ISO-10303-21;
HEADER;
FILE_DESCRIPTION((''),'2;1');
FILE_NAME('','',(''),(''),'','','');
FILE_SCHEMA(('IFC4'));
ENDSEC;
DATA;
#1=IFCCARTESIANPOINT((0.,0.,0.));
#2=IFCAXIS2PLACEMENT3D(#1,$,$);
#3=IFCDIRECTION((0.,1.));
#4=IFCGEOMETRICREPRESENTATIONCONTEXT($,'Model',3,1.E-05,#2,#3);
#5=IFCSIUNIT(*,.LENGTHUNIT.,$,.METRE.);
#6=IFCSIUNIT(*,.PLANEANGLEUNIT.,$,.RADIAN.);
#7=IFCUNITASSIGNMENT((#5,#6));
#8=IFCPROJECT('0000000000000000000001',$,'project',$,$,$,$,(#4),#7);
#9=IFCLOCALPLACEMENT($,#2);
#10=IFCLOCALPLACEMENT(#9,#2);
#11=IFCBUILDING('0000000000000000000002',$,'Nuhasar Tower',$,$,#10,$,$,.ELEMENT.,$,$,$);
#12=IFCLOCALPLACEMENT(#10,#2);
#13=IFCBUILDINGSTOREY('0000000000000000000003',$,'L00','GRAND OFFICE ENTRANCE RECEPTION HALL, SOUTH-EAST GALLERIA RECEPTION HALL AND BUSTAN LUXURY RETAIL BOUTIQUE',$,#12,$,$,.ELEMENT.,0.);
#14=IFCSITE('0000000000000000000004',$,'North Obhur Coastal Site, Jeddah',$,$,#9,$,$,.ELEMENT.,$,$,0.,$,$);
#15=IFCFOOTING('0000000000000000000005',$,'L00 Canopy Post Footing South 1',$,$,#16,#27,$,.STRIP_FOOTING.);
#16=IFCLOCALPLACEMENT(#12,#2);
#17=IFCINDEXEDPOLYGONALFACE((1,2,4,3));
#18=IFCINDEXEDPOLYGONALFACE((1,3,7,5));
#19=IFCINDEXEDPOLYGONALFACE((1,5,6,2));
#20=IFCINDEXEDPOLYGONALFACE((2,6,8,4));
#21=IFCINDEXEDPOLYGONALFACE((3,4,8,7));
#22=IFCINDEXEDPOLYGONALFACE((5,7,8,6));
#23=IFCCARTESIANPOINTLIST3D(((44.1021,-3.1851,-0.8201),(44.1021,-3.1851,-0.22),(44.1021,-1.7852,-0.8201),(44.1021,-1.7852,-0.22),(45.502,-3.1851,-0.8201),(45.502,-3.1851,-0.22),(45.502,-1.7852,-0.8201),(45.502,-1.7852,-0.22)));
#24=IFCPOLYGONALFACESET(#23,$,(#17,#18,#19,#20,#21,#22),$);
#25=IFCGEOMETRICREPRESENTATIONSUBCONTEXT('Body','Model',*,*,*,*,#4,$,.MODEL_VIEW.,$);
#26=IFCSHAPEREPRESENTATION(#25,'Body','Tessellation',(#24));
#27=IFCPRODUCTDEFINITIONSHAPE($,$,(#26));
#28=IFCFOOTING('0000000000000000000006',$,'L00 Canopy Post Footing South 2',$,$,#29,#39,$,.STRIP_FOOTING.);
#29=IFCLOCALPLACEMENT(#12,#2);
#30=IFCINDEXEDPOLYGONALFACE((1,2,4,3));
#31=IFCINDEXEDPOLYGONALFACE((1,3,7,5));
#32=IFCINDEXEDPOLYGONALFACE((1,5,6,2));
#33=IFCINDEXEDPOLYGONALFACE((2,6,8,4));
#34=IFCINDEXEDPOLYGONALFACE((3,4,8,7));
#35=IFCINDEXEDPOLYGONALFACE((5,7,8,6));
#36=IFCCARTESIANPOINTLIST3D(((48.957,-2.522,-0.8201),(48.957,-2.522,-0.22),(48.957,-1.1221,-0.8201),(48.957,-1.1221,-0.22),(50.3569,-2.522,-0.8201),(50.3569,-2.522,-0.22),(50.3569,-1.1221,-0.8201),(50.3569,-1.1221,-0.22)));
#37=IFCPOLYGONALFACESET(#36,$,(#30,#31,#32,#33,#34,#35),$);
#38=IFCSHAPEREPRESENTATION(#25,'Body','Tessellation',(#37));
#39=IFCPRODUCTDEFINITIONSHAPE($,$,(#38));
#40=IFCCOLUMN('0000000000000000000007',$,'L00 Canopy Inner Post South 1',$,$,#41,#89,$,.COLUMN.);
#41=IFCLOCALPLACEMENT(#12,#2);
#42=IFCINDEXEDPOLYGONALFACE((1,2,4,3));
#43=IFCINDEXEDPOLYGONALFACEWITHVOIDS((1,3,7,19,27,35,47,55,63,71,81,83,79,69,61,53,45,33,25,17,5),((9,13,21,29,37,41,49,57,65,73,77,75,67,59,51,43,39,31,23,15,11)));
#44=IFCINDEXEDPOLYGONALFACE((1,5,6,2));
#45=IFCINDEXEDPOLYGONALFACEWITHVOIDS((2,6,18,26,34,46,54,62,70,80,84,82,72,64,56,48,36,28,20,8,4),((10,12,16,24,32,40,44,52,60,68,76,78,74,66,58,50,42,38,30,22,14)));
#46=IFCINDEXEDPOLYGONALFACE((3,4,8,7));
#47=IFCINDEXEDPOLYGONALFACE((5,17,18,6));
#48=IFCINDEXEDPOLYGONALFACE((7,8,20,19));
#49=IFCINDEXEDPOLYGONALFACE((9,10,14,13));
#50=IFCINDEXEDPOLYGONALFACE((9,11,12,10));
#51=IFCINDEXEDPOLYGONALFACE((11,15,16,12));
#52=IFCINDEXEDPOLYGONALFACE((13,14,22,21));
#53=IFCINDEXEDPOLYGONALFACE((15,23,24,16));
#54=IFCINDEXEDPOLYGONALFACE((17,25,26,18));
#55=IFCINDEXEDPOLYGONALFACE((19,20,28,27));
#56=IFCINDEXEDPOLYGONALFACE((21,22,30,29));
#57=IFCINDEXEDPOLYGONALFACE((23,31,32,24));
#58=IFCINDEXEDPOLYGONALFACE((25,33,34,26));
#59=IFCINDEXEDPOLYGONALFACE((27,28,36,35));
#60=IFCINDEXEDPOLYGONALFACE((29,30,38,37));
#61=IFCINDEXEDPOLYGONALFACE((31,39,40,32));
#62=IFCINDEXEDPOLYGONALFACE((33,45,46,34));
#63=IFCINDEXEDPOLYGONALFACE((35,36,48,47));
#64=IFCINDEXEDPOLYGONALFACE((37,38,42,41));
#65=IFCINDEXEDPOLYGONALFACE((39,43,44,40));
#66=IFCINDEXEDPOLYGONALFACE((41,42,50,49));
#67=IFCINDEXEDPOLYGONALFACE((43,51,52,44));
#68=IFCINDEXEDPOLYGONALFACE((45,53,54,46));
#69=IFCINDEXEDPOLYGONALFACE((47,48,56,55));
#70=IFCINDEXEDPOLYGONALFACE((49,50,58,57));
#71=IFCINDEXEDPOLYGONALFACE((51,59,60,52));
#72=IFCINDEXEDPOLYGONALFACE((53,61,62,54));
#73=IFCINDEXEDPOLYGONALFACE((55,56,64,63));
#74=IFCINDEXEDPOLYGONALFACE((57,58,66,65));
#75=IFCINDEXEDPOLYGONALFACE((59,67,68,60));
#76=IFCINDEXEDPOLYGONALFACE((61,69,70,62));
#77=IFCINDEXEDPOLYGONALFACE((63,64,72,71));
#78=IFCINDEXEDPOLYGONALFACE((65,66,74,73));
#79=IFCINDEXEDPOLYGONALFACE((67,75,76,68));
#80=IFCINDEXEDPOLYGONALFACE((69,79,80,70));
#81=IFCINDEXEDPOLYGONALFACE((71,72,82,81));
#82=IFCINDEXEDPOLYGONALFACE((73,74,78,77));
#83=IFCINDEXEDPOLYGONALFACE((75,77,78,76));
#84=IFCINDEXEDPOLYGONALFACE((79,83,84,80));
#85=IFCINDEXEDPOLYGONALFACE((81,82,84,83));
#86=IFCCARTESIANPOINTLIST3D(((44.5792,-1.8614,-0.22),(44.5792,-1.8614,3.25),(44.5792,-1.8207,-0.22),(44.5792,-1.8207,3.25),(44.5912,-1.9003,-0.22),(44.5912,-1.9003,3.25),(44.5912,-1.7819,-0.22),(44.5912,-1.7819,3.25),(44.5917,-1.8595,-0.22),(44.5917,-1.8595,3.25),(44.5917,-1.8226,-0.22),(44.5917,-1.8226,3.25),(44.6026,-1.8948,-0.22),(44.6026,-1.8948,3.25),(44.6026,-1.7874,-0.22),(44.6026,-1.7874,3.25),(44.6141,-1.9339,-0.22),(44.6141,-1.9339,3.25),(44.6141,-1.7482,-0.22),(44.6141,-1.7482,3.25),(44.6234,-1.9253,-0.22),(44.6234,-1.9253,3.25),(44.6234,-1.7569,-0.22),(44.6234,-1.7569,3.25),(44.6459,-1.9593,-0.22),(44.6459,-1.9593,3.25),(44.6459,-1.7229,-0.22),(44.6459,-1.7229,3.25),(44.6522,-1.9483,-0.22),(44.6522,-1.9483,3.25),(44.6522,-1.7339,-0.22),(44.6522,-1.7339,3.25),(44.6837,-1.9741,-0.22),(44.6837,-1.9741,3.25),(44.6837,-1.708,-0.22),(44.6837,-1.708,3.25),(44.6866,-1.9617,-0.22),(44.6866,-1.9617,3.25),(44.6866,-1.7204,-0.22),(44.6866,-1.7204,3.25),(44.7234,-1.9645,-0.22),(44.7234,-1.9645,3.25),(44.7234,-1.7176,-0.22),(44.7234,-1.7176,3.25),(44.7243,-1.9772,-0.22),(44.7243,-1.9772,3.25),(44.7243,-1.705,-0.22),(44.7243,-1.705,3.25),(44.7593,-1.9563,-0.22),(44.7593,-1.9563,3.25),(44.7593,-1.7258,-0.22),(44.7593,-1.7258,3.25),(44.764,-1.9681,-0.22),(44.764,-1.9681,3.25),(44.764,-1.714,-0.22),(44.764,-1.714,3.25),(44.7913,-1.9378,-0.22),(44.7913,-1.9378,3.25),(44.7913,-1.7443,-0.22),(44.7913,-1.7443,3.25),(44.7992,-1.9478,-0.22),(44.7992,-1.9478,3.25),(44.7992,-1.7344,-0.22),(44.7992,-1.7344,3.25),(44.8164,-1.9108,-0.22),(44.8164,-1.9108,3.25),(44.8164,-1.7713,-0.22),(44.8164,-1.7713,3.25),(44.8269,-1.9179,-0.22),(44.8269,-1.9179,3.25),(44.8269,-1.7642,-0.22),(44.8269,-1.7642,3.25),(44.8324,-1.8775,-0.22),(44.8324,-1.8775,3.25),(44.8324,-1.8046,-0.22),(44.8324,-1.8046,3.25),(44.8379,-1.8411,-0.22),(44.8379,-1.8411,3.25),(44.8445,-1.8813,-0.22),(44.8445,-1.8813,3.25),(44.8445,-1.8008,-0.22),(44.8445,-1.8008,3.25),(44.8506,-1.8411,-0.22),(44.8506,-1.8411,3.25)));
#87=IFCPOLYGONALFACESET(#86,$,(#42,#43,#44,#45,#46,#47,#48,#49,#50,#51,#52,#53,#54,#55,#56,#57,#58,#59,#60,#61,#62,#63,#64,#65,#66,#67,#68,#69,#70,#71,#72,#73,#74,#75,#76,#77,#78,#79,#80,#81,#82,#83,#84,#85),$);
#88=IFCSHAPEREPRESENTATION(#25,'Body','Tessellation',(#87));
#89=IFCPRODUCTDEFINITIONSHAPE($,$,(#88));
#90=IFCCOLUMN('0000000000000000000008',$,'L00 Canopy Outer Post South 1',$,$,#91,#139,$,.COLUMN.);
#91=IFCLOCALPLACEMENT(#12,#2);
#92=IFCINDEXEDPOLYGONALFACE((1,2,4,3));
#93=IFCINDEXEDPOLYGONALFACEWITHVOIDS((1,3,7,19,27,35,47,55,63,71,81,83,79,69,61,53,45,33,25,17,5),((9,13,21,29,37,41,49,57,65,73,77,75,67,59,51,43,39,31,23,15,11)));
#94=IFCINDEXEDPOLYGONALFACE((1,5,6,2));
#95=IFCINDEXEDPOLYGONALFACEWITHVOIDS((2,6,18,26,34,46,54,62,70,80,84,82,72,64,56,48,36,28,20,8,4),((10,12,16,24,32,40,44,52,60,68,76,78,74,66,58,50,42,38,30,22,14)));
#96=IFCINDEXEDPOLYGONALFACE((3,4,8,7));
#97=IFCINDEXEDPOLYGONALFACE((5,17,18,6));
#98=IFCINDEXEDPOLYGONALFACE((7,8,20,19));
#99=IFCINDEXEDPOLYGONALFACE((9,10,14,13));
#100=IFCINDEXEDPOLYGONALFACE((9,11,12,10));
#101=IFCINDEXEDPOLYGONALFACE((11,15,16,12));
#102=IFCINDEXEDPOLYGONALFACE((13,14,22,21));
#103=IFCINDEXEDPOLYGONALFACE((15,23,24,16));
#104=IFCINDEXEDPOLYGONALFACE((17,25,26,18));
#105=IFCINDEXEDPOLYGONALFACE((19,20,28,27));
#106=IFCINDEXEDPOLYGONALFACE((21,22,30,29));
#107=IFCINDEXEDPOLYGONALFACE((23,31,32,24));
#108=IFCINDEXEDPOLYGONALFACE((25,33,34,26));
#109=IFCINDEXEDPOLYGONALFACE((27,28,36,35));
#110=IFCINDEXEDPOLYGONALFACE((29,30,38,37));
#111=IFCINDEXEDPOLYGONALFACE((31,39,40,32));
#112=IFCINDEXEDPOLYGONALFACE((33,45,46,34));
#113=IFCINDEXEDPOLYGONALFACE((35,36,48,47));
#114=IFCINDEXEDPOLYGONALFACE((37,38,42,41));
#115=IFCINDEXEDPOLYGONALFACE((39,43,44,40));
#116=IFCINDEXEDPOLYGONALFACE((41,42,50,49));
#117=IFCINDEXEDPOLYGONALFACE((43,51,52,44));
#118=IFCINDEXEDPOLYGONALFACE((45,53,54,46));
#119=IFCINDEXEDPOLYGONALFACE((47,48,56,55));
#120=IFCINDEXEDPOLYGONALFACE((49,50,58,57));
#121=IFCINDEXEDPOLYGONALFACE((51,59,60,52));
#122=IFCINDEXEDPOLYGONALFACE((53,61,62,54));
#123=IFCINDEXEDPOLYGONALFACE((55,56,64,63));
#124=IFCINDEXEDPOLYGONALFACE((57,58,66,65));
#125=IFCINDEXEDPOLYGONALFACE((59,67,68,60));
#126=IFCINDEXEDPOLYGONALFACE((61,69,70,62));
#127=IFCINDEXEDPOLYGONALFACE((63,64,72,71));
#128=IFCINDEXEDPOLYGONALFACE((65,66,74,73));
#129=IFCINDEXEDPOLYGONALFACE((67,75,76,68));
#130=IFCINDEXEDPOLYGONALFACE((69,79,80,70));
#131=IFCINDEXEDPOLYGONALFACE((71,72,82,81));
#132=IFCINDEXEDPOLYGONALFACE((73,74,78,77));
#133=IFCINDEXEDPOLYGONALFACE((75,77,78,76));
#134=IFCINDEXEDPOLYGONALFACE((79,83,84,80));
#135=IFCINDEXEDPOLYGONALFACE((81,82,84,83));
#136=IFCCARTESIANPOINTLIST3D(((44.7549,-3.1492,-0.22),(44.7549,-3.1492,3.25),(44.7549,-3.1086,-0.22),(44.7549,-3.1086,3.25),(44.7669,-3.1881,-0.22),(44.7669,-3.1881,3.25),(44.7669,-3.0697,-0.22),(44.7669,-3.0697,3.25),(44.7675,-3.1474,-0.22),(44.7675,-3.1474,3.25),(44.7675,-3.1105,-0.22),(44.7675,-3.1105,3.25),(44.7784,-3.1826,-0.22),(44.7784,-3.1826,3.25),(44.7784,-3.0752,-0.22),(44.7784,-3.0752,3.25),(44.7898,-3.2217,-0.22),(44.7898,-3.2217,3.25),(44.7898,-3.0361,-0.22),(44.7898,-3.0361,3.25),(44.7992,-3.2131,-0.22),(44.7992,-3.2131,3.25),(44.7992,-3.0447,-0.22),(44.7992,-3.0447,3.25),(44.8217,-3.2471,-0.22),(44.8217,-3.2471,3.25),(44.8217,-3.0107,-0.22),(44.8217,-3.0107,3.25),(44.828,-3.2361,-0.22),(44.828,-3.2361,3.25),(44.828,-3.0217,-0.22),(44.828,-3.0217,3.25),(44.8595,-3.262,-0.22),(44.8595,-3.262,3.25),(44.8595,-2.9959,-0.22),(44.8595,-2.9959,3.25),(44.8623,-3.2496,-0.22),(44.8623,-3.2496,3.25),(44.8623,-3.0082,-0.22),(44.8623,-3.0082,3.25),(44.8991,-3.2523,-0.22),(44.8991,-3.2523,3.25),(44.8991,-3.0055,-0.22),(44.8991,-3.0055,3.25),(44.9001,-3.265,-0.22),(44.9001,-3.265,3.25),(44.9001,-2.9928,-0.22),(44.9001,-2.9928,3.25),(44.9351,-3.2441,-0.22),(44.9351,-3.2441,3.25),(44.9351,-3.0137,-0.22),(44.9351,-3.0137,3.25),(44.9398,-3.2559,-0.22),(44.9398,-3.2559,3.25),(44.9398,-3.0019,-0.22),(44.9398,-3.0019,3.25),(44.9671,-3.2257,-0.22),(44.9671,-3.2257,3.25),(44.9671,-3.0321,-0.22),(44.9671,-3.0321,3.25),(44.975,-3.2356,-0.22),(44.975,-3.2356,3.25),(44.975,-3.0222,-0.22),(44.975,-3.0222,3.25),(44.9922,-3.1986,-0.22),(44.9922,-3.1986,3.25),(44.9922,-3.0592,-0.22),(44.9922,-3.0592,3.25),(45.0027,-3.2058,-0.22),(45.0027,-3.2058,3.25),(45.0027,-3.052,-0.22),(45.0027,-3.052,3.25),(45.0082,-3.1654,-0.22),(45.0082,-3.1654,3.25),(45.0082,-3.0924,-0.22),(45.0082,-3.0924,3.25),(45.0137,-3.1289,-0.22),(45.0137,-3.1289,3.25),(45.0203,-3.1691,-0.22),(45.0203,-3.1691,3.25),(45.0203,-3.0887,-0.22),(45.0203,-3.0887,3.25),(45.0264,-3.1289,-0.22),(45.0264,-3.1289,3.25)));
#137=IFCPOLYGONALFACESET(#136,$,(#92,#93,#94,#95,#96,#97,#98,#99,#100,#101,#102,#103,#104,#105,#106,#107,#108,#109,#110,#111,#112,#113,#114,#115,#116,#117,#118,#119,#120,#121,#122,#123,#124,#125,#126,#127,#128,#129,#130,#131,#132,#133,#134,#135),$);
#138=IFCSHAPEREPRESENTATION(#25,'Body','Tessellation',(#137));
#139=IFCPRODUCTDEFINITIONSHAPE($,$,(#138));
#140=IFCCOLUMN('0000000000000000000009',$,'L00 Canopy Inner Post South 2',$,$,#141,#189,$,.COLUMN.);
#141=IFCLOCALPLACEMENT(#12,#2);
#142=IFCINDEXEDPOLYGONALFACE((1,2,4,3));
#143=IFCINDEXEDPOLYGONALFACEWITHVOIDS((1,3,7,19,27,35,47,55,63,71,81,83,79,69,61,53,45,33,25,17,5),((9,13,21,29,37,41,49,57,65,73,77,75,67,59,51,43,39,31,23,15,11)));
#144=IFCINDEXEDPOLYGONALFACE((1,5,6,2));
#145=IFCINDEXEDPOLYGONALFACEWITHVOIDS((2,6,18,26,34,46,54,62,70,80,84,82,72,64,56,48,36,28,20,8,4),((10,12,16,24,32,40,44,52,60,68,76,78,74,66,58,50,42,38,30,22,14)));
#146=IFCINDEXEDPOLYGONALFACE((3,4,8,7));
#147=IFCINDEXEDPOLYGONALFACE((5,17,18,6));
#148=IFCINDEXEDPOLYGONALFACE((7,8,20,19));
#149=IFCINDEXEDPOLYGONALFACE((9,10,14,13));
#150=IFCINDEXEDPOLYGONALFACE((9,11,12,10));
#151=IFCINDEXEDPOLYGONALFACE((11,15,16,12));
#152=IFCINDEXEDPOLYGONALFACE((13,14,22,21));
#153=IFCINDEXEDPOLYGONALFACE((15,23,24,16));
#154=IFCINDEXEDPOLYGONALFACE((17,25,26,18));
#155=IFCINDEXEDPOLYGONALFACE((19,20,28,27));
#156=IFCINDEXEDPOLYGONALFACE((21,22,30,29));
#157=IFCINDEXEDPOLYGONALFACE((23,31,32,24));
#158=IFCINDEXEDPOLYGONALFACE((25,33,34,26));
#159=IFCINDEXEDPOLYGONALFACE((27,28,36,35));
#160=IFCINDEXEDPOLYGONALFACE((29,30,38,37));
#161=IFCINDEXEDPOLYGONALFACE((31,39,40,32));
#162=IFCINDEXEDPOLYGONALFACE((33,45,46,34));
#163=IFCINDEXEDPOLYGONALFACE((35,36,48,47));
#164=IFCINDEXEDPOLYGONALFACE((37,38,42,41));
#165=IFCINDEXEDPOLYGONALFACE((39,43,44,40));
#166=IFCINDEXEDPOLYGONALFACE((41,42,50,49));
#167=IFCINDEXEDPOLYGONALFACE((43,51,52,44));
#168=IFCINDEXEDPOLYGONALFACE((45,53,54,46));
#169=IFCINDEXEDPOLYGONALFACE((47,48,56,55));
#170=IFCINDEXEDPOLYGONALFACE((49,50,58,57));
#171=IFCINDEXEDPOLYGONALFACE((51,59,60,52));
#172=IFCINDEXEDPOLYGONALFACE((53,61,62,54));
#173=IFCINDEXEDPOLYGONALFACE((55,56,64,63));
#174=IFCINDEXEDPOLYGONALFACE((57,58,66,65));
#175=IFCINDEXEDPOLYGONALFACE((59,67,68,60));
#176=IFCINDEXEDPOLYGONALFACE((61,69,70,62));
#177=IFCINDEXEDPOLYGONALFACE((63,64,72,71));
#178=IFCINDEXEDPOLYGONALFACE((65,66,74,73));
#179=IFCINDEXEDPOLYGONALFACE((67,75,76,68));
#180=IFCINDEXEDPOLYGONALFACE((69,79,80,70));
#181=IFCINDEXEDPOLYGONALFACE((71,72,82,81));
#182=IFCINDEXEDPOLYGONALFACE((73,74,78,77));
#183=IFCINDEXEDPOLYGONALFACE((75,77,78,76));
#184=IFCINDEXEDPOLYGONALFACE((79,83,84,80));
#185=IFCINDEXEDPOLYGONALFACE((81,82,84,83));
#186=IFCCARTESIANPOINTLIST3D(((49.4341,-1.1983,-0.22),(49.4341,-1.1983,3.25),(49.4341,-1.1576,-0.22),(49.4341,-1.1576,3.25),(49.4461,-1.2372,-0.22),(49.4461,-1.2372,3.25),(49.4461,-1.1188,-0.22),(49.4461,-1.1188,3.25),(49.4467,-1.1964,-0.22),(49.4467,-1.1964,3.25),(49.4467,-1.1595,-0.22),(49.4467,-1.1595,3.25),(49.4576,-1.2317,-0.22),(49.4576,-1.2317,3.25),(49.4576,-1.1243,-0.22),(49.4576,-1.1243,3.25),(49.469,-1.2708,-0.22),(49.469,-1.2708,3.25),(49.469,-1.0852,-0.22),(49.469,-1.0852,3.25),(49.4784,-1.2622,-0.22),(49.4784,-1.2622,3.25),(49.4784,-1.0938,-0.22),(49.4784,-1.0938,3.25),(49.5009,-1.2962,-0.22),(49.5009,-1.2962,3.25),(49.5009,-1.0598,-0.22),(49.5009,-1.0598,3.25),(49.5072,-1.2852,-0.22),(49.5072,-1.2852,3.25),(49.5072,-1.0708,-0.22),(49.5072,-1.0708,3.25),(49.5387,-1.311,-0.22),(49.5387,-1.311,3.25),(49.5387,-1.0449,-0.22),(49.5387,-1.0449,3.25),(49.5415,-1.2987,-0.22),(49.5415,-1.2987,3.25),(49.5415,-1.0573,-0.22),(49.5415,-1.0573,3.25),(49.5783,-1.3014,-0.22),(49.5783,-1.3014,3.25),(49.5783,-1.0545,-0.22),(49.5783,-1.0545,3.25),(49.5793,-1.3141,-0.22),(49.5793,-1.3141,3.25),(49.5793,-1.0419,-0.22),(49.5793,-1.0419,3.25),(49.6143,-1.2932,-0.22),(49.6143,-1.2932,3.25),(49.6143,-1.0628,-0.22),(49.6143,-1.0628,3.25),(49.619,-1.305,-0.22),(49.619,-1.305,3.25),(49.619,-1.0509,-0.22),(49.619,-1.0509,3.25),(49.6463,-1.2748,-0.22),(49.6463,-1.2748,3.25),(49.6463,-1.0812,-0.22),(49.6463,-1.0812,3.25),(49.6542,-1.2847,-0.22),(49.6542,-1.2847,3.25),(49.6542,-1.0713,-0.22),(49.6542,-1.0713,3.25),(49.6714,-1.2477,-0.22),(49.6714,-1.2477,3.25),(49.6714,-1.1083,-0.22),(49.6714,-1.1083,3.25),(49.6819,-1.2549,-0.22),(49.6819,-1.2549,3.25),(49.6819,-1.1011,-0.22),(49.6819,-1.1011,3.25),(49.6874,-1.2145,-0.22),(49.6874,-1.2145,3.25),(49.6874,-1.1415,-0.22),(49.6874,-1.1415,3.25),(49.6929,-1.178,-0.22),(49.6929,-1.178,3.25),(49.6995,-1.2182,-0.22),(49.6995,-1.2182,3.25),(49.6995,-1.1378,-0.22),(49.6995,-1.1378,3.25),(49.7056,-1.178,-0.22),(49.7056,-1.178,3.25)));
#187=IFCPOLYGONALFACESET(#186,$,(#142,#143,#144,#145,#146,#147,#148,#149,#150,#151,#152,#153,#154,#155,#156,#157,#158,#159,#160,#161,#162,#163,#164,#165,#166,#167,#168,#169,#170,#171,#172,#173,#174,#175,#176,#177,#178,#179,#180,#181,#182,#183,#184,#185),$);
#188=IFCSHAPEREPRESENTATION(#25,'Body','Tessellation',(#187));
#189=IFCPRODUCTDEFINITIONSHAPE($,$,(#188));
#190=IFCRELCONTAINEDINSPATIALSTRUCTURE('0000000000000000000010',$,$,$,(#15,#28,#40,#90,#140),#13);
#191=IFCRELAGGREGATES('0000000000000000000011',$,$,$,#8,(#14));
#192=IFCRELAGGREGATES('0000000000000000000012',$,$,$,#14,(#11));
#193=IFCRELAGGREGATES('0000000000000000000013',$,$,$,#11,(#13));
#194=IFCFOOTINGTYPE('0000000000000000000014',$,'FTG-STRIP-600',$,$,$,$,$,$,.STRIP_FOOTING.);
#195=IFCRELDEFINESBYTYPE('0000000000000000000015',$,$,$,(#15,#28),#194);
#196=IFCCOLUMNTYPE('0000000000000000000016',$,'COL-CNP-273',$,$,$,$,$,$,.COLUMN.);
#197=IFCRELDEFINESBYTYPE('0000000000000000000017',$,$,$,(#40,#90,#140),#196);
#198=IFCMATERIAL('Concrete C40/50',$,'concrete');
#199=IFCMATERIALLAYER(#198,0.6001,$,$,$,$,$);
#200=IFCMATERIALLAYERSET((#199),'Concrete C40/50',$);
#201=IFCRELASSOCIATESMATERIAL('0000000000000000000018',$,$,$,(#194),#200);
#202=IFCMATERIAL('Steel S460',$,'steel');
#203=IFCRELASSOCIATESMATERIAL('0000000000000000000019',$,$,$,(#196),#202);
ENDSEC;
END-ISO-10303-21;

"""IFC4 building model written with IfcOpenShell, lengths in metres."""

from ifc_helpers import new_model, si_unit, direction, frame, origin, origin_2d, place, context, subcontext, project, spatial, rectangle, hollow_circle, extrude, material, layer, layer_set, material_profile, profile_set, type_object, element, save


model = new_model("IFC4")

# Units and contexts
model_context = context("Model", 3, precision=1e-05, world=origin(), true_north=direction((0.0, 1.0)))
body_context = subcontext(model_context, "Body", "Model", "MODEL_VIEW")
ifc_project = project(units=[si_unit("LENGTHUNIT", "METRE"), si_unit("PLANEANGLEUNIT", "RADIAN")], contexts=[model_context])

# Site, building, storey
site_placement = place(None, origin())
site = spatial("IfcSite", under=ifc_project, at=site_placement, Name="North Obhur Coastal Site, Jeddah", CompositionType="ELEMENT", RefElevation=0.0)
building_placement = place(site_placement, origin())
building = spatial("IfcBuilding", under=site, at=building_placement, Name="Nuhasar Tower", CompositionType="ELEMENT")
storey_placement = place(building_placement, origin())
storey = spatial("IfcBuildingStorey", under=building, at=storey_placement, Name="L00", Description="GRAND OFFICE ENTRANCE RECEPTION HALL, SOUTH-EAST GALLERIA RECEPTION HALL AND BUSTAN LUXURY RETAIL BOUTIQUE", CompositionType="ELEMENT", Elevation=0.0)

# Footings
ifc_material_1 = material(Name="Concrete C40/50", Category="concrete")
ifc_layer_1 = layer(ifc_material_1, 0.6001)
ifc_layer_set_1 = layer_set([ifc_layer_1], Name="Concrete C40/50")
footing_type = type_object("IfcFootingType", Name="FTG-STRIP-600", PredefinedType="STRIP_FOOTING", material=ifc_layer_set_1)
for number, where, z_axis, x_axis, name in (
    (1, (44.802, -2.4851, -0.8201), (0.0, 0.0, 1.0), (1.0, 0.0, 0.0), "L00 Canopy Post Footing South 1"),
    (2, (49.657, -1.822, -0.8201), (0.0, 0.0, 1.0), (1.0, 0.0, 0.0), "L00 Canopy Post Footing South 2"),
):
    element("IfcFooting", number, at=place(storey_placement, frame(where, z_axis=z_axis, x_axis=x_axis)), inside=storey, type_object=footing_type, Name=name, PredefinedType="STRIP_FOOTING", context=body_context, shape_type="SweptSolid", body=[
        extrude(rectangle(XDim=1.3999, YDim=1.3999, at=origin_2d()), origin(), (0.0, 0.0, 1.0), 0.6001),
    ])

# Columns
ifc_material_2 = material(Name="Steel S460", Category="steel")
ifc_material_profile_1 = material_profile(ifc_material_2, hollow_circle(Radius=0.1365, WallThickness=0.0127, at=origin_2d()), Name="HSS273.1X12.7")
ifc_profile_set_1 = profile_set([ifc_material_profile_1], Name="Steel S460")
column_type = type_object("IfcColumnType", Name="COL-CNP-273", PredefinedType="COLUMN", material=ifc_profile_set_1)
for number, where, z_axis, x_axis, name in (
    (3, (44.7141, -1.8411, -0.22), (0.0, 0.0, 1.0), (1.0, 0.0, 0.0), "L00 Canopy Inner Post South 1"),
    (4, (44.8899, -3.1289, -0.22), (0.0, 0.0, 1.0), (1.0, 0.0, 0.0), "L00 Canopy Outer Post South 1"),
    (5, (49.5691, -1.178, -0.22), (0.0, 0.0, 1.0), (1.0, 0.0, 0.0), "L00 Canopy Inner Post South 2"),
):
    element("IfcColumn", number, at=place(storey_placement, frame(where, z_axis=z_axis, x_axis=x_axis)), inside=storey, type_object=column_type, Name=name, PredefinedType="COLUMN", context=body_context, shape_type="SweptSolid", body=[
        extrude(hollow_circle(Radius=0.1365, WallThickness=0.0127, at=origin_2d()), origin(), (0.0, 0.0, 1.0), 3.47),
    ])

save(model, "model.ifc")
